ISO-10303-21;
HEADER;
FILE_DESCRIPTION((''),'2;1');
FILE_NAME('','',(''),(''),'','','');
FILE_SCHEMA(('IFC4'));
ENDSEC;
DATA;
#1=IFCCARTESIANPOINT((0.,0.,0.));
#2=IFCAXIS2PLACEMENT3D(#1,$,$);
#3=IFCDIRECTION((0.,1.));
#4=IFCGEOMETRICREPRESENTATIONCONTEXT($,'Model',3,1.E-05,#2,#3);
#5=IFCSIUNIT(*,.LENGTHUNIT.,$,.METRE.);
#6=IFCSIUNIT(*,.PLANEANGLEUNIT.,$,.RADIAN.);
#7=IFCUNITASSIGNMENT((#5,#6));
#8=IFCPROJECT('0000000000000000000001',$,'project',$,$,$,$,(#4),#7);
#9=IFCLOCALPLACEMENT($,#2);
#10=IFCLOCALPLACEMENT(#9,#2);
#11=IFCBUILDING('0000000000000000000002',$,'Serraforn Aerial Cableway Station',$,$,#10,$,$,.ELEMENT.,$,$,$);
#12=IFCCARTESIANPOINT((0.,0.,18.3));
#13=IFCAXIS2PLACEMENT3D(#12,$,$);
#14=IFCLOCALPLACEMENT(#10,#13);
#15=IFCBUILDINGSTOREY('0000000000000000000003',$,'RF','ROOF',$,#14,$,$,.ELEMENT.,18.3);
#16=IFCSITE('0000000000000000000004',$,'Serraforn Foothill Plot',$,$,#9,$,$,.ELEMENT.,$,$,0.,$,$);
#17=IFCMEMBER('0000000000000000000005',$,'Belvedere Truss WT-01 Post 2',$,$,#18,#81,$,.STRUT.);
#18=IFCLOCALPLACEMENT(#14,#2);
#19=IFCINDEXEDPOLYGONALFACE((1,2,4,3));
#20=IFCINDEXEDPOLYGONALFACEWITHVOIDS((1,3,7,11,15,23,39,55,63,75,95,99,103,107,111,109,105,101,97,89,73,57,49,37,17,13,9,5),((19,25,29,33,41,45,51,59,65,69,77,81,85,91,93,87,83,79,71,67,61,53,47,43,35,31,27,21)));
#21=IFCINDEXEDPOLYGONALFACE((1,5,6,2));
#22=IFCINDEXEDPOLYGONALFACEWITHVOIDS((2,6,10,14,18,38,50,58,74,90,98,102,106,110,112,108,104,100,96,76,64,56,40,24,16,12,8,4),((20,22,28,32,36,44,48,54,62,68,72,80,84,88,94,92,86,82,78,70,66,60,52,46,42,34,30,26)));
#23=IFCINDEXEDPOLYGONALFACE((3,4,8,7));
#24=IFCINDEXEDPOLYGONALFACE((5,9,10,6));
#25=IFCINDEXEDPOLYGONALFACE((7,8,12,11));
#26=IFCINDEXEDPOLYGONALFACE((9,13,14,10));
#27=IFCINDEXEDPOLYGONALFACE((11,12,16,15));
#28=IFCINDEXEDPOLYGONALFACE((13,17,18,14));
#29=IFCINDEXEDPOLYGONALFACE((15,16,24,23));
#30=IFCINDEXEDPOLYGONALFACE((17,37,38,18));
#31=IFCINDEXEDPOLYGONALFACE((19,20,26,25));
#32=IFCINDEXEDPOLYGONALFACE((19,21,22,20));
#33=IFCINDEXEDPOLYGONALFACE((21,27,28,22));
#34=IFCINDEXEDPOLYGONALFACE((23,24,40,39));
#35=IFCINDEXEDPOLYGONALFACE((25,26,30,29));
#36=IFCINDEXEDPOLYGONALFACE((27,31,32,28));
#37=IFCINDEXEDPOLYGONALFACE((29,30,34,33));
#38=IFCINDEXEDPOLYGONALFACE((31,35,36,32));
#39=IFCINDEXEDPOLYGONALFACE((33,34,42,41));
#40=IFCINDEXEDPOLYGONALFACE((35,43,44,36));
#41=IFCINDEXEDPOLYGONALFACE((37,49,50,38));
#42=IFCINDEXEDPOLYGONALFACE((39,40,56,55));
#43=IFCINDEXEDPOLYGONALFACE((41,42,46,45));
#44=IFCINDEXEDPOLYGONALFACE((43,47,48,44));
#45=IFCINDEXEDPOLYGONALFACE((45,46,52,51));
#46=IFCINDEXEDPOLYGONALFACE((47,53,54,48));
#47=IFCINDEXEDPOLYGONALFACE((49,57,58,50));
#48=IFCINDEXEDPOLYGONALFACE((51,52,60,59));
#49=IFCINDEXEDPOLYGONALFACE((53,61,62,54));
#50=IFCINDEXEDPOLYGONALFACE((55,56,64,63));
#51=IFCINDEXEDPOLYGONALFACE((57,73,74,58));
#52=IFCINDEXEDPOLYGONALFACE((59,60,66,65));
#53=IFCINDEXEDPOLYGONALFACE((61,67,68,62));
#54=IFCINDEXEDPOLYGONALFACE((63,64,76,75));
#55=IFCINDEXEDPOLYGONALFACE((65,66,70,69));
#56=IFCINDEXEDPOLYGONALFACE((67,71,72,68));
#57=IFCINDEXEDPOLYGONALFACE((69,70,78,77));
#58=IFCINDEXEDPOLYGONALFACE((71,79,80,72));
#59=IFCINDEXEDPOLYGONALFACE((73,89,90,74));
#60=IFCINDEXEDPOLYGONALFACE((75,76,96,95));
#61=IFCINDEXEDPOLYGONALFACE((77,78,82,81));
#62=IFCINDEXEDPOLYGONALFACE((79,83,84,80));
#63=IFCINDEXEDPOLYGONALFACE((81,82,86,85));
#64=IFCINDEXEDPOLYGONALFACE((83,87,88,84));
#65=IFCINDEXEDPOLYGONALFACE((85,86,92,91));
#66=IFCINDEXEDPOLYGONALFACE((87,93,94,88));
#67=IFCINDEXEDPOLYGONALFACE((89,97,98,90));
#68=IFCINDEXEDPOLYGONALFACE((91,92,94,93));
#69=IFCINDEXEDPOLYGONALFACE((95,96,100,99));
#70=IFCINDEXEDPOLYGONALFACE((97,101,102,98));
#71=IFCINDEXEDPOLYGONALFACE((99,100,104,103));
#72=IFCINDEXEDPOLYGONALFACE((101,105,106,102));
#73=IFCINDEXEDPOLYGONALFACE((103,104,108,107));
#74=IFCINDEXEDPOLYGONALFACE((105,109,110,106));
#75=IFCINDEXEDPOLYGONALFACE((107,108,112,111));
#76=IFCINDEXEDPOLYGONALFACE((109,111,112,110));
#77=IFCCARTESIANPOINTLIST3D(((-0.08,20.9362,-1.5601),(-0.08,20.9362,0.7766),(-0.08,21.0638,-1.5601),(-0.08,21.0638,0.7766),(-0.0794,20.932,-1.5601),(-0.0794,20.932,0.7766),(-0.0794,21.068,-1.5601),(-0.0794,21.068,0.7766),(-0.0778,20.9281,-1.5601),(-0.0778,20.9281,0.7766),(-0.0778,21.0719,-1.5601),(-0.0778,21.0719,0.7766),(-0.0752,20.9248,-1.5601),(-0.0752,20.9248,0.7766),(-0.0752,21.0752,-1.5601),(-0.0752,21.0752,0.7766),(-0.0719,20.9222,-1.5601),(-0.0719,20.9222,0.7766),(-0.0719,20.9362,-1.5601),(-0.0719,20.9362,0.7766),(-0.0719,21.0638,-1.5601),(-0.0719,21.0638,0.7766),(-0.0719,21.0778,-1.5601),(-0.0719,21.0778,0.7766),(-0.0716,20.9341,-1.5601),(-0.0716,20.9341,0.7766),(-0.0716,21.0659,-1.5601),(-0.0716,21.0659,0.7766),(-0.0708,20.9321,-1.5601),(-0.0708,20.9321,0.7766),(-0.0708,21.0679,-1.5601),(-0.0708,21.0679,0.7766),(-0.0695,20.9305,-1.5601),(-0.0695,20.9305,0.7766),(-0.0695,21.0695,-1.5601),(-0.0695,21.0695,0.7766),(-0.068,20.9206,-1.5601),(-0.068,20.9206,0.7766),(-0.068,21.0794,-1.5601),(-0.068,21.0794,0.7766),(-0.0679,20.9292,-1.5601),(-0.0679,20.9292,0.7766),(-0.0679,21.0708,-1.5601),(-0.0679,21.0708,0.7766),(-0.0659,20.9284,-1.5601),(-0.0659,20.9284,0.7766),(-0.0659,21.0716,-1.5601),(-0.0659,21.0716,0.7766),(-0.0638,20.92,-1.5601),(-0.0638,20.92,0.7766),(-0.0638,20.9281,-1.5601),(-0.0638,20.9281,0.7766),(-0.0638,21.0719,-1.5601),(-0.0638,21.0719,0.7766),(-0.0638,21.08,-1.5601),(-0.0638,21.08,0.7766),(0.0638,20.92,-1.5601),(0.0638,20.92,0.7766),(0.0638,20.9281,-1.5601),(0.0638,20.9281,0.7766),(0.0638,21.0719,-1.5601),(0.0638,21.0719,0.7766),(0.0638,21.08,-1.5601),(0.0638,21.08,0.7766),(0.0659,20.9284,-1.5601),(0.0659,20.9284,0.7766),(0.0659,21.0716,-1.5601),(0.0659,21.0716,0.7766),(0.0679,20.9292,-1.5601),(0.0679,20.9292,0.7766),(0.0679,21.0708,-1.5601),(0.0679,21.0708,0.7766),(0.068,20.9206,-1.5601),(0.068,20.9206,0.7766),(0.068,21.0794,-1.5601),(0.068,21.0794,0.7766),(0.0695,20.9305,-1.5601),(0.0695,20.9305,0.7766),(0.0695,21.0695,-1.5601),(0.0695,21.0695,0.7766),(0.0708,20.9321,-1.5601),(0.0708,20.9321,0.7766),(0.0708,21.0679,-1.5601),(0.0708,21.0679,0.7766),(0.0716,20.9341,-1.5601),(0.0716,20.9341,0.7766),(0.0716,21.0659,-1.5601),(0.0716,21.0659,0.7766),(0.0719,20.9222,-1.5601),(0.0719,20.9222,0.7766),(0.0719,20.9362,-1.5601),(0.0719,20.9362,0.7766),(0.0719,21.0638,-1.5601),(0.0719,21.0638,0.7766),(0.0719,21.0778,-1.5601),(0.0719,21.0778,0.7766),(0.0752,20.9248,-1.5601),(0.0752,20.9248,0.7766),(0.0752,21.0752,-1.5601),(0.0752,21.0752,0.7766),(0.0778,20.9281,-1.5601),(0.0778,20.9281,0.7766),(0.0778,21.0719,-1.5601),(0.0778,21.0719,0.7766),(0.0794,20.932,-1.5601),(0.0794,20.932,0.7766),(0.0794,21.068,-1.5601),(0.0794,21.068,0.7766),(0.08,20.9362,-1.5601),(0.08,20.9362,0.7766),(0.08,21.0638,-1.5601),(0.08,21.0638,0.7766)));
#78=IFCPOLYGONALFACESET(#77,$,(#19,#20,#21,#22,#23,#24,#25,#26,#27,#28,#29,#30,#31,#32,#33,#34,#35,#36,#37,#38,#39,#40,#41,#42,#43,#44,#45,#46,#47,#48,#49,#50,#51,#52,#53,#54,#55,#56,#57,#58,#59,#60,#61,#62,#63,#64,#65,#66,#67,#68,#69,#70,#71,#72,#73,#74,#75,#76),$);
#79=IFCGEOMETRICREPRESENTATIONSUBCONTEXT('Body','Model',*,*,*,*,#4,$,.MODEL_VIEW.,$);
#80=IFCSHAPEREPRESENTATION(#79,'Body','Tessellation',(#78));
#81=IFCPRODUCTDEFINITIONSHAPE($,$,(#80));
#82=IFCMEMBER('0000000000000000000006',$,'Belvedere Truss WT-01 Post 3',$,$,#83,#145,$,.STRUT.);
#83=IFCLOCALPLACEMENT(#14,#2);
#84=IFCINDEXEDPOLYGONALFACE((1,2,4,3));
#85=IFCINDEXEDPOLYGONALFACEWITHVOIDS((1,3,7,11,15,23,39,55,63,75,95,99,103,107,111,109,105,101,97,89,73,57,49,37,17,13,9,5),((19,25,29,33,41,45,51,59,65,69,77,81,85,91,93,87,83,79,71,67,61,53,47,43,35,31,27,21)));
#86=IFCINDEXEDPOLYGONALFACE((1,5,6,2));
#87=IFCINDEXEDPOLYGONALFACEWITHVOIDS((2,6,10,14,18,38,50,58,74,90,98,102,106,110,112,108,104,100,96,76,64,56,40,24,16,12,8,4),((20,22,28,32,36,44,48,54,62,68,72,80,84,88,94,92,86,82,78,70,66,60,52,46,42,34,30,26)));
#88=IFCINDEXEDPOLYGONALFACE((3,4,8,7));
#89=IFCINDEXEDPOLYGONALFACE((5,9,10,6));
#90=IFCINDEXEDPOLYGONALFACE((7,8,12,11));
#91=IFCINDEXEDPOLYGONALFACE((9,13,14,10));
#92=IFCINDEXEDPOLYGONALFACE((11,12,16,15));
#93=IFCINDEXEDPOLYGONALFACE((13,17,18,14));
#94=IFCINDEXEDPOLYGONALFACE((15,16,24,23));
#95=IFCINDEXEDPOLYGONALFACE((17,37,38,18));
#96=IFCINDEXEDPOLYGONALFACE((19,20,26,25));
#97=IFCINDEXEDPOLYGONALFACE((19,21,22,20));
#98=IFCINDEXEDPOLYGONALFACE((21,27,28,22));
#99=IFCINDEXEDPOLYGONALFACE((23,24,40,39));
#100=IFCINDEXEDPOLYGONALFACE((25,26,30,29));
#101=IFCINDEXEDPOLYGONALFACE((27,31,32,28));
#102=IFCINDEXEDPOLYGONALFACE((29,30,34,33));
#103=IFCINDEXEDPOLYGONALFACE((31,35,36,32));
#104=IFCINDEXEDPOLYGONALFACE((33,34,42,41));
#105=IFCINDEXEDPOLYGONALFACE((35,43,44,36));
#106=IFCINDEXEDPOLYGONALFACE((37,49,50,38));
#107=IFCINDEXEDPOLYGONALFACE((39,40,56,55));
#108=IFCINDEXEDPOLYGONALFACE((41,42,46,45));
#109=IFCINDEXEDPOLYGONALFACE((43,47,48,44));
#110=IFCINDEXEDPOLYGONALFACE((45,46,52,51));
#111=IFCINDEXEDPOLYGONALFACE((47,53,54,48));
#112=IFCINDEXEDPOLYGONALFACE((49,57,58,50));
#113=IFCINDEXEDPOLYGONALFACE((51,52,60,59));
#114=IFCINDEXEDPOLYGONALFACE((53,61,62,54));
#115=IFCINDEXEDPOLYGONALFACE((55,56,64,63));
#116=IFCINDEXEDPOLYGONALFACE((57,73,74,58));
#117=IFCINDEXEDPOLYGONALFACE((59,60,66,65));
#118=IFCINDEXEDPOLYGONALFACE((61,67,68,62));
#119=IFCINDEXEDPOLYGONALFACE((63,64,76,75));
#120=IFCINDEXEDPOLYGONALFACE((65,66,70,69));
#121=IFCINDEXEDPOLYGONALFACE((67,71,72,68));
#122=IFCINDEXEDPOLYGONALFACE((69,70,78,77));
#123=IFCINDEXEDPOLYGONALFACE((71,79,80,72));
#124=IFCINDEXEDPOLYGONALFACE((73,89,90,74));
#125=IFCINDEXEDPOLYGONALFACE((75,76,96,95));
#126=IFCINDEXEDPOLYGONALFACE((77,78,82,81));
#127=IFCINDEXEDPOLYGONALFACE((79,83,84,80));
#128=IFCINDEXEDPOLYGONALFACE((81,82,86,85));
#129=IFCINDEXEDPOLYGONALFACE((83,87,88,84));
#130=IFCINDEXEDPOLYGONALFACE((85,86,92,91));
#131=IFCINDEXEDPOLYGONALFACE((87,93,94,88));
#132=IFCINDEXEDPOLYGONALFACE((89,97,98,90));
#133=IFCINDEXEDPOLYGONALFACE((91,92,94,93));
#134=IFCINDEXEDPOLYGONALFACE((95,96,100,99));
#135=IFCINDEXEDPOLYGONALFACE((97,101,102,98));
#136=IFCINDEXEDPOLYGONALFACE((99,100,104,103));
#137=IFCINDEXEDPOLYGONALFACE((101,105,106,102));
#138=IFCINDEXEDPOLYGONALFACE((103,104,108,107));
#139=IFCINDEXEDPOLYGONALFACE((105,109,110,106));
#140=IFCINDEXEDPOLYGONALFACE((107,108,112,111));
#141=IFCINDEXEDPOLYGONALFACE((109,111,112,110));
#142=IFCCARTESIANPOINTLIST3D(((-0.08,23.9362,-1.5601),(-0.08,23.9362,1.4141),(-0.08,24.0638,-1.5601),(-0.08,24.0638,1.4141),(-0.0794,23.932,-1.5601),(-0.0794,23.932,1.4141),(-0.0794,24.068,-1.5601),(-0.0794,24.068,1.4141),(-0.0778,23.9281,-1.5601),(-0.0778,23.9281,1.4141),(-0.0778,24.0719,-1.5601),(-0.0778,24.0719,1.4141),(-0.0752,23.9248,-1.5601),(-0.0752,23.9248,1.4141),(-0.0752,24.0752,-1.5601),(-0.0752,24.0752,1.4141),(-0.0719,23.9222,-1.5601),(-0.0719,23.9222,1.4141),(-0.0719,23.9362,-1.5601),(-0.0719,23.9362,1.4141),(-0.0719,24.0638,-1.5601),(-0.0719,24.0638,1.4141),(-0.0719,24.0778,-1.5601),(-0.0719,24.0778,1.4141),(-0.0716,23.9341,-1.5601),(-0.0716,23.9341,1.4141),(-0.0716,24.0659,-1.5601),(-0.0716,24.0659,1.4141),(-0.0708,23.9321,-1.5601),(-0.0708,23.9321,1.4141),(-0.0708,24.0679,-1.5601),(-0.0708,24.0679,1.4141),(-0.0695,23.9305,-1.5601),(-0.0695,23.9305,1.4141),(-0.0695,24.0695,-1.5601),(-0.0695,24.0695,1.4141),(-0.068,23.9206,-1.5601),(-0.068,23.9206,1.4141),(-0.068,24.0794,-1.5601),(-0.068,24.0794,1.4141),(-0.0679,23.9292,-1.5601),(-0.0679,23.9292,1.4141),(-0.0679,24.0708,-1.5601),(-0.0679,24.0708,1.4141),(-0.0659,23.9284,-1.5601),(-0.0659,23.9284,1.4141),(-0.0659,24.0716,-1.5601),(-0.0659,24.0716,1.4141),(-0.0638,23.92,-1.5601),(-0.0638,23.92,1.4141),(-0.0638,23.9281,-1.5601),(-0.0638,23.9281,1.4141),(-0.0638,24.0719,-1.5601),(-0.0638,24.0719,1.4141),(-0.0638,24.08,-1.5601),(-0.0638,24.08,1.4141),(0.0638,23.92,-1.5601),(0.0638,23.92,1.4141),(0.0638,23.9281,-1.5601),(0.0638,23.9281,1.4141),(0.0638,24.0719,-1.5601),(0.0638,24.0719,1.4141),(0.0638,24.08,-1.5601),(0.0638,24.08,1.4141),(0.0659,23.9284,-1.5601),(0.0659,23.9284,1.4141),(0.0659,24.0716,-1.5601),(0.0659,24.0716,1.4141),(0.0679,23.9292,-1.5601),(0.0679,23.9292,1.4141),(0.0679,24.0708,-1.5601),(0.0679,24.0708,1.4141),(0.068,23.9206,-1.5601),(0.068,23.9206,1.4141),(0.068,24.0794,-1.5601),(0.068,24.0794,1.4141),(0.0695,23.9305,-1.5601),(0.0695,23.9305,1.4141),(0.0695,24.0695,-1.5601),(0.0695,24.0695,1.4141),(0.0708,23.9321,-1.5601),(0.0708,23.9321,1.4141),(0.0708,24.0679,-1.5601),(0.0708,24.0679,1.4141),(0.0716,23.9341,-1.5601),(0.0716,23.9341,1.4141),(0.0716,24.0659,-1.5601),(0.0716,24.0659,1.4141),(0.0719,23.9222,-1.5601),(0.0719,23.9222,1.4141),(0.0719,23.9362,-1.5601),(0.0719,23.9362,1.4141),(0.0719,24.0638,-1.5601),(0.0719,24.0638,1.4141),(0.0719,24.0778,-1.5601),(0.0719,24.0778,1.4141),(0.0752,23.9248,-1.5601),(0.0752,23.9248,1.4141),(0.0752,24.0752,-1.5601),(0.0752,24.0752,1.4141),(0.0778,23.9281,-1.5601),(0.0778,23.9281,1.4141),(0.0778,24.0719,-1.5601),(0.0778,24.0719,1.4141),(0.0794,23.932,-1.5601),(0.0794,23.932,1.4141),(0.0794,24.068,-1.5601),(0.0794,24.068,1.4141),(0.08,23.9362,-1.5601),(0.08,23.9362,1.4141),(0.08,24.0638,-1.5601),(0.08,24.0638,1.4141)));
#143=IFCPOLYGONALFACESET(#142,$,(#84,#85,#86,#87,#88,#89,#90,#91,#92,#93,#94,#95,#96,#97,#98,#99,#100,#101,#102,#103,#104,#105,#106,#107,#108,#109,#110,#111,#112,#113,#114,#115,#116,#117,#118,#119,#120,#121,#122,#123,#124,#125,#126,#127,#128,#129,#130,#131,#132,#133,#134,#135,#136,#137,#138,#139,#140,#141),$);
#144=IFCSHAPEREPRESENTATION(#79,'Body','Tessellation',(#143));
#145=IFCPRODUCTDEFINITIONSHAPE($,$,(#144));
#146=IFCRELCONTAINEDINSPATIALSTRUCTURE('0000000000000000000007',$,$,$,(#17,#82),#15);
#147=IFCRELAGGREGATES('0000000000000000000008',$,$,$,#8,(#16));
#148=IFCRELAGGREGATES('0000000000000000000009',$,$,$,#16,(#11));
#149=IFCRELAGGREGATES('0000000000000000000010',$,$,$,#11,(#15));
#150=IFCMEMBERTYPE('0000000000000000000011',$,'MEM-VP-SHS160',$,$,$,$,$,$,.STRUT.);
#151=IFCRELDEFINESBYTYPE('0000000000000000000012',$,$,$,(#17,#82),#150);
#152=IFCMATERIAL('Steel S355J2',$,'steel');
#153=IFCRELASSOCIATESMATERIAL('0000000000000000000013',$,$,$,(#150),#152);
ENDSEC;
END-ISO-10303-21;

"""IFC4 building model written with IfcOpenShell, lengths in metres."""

from ifc_helpers import new_model, si_unit, direction, frame, origin, origin_2d, place, context, subcontext, project, spatial, hollow_rectangle, extrude, material, material_profile, profile_set, type_object, element, save


model = new_model("IFC4")

# Units and contexts
model_context = context("Model", 3, precision=1e-05, world=origin(), true_north=direction((0.0, 1.0)))
body_context = subcontext(model_context, "Body", "Model", "MODEL_VIEW")
ifc_project = project(units=[si_unit("LENGTHUNIT", "METRE"), si_unit("PLANEANGLEUNIT", "RADIAN")], contexts=[model_context])

# Site, building, storey
site_placement = place(None, origin())
site = spatial("IfcSite", under=ifc_project, at=site_placement, Name="Serraforn Foothill Plot", CompositionType="ELEMENT", RefElevation=0.0)
building_placement = place(site_placement, origin())
building = spatial("IfcBuilding", under=site, at=building_placement, Name="Serraforn Aerial Cableway Station", CompositionType="ELEMENT")
storey_placement = place(building_placement, frame((0.0, 0.0, 18.3)))
storey = spatial("IfcBuildingStorey", under=building, at=storey_placement, Name="RF", Description="ROOF", CompositionType="ELEMENT", Elevation=18.3)

# Members
ifc_material_1 = material(Name="Steel S355J2", Category="steel")
ifc_material_profile_1 = material_profile(ifc_material_1, hollow_rectangle(XDim=0.1599, YDim=0.1599, WallThickness=0.0081, InnerFilletRadius=0.0081, OuterFilletRadius=0.0161, at=origin_2d()), Name="SHS 160x160x8.0")
ifc_profile_set_1 = profile_set([ifc_material_profile_1], Name="Steel S355J2")
member_type_1 = type_object("IfcMemberType", Name="MEM-VP-SHS160", PredefinedType="STRUT", material=ifc_profile_set_1)
member_1_placement = place(storey_placement, frame((0.0, 21.0, -1.5601), z_axis=(0.0, 0.0, 1.0), x_axis=(1.0, 0.0, 0.0)))
element("IfcMember", 1, at=member_1_placement, inside=storey, type_object=member_type_1, Name="Belvedere Truss WT-01 Post 2", PredefinedType="STRUT", context=body_context, shape_type="SweptSolid", body=[
    extrude(hollow_rectangle(XDim=0.1599, YDim=0.1599, WallThickness=0.0081, InnerFilletRadius=0.0081, OuterFilletRadius=0.0161, at=origin_2d()), origin(), (0.0, 0.0, 1.0), 2.3367),
])
member_2_placement = place(storey_placement, frame((0.0, 24.0, -1.5601), z_axis=(0.0, 0.0, 1.0), x_axis=(1.0, 0.0, 0.0)))
element("IfcMember", 2, at=member_2_placement, inside=storey, type_object=member_type_1, Name="Belvedere Truss WT-01 Post 3", PredefinedType="STRUT", context=body_context, shape_type="SweptSolid", body=[
    extrude(hollow_rectangle(XDim=0.1599, YDim=0.1599, WallThickness=0.0081, InnerFilletRadius=0.0081, OuterFilletRadius=0.0161, at=origin_2d()), origin(), (0.0, 0.0, 1.0), 2.9741),
])

save(model, "model.ifc")
